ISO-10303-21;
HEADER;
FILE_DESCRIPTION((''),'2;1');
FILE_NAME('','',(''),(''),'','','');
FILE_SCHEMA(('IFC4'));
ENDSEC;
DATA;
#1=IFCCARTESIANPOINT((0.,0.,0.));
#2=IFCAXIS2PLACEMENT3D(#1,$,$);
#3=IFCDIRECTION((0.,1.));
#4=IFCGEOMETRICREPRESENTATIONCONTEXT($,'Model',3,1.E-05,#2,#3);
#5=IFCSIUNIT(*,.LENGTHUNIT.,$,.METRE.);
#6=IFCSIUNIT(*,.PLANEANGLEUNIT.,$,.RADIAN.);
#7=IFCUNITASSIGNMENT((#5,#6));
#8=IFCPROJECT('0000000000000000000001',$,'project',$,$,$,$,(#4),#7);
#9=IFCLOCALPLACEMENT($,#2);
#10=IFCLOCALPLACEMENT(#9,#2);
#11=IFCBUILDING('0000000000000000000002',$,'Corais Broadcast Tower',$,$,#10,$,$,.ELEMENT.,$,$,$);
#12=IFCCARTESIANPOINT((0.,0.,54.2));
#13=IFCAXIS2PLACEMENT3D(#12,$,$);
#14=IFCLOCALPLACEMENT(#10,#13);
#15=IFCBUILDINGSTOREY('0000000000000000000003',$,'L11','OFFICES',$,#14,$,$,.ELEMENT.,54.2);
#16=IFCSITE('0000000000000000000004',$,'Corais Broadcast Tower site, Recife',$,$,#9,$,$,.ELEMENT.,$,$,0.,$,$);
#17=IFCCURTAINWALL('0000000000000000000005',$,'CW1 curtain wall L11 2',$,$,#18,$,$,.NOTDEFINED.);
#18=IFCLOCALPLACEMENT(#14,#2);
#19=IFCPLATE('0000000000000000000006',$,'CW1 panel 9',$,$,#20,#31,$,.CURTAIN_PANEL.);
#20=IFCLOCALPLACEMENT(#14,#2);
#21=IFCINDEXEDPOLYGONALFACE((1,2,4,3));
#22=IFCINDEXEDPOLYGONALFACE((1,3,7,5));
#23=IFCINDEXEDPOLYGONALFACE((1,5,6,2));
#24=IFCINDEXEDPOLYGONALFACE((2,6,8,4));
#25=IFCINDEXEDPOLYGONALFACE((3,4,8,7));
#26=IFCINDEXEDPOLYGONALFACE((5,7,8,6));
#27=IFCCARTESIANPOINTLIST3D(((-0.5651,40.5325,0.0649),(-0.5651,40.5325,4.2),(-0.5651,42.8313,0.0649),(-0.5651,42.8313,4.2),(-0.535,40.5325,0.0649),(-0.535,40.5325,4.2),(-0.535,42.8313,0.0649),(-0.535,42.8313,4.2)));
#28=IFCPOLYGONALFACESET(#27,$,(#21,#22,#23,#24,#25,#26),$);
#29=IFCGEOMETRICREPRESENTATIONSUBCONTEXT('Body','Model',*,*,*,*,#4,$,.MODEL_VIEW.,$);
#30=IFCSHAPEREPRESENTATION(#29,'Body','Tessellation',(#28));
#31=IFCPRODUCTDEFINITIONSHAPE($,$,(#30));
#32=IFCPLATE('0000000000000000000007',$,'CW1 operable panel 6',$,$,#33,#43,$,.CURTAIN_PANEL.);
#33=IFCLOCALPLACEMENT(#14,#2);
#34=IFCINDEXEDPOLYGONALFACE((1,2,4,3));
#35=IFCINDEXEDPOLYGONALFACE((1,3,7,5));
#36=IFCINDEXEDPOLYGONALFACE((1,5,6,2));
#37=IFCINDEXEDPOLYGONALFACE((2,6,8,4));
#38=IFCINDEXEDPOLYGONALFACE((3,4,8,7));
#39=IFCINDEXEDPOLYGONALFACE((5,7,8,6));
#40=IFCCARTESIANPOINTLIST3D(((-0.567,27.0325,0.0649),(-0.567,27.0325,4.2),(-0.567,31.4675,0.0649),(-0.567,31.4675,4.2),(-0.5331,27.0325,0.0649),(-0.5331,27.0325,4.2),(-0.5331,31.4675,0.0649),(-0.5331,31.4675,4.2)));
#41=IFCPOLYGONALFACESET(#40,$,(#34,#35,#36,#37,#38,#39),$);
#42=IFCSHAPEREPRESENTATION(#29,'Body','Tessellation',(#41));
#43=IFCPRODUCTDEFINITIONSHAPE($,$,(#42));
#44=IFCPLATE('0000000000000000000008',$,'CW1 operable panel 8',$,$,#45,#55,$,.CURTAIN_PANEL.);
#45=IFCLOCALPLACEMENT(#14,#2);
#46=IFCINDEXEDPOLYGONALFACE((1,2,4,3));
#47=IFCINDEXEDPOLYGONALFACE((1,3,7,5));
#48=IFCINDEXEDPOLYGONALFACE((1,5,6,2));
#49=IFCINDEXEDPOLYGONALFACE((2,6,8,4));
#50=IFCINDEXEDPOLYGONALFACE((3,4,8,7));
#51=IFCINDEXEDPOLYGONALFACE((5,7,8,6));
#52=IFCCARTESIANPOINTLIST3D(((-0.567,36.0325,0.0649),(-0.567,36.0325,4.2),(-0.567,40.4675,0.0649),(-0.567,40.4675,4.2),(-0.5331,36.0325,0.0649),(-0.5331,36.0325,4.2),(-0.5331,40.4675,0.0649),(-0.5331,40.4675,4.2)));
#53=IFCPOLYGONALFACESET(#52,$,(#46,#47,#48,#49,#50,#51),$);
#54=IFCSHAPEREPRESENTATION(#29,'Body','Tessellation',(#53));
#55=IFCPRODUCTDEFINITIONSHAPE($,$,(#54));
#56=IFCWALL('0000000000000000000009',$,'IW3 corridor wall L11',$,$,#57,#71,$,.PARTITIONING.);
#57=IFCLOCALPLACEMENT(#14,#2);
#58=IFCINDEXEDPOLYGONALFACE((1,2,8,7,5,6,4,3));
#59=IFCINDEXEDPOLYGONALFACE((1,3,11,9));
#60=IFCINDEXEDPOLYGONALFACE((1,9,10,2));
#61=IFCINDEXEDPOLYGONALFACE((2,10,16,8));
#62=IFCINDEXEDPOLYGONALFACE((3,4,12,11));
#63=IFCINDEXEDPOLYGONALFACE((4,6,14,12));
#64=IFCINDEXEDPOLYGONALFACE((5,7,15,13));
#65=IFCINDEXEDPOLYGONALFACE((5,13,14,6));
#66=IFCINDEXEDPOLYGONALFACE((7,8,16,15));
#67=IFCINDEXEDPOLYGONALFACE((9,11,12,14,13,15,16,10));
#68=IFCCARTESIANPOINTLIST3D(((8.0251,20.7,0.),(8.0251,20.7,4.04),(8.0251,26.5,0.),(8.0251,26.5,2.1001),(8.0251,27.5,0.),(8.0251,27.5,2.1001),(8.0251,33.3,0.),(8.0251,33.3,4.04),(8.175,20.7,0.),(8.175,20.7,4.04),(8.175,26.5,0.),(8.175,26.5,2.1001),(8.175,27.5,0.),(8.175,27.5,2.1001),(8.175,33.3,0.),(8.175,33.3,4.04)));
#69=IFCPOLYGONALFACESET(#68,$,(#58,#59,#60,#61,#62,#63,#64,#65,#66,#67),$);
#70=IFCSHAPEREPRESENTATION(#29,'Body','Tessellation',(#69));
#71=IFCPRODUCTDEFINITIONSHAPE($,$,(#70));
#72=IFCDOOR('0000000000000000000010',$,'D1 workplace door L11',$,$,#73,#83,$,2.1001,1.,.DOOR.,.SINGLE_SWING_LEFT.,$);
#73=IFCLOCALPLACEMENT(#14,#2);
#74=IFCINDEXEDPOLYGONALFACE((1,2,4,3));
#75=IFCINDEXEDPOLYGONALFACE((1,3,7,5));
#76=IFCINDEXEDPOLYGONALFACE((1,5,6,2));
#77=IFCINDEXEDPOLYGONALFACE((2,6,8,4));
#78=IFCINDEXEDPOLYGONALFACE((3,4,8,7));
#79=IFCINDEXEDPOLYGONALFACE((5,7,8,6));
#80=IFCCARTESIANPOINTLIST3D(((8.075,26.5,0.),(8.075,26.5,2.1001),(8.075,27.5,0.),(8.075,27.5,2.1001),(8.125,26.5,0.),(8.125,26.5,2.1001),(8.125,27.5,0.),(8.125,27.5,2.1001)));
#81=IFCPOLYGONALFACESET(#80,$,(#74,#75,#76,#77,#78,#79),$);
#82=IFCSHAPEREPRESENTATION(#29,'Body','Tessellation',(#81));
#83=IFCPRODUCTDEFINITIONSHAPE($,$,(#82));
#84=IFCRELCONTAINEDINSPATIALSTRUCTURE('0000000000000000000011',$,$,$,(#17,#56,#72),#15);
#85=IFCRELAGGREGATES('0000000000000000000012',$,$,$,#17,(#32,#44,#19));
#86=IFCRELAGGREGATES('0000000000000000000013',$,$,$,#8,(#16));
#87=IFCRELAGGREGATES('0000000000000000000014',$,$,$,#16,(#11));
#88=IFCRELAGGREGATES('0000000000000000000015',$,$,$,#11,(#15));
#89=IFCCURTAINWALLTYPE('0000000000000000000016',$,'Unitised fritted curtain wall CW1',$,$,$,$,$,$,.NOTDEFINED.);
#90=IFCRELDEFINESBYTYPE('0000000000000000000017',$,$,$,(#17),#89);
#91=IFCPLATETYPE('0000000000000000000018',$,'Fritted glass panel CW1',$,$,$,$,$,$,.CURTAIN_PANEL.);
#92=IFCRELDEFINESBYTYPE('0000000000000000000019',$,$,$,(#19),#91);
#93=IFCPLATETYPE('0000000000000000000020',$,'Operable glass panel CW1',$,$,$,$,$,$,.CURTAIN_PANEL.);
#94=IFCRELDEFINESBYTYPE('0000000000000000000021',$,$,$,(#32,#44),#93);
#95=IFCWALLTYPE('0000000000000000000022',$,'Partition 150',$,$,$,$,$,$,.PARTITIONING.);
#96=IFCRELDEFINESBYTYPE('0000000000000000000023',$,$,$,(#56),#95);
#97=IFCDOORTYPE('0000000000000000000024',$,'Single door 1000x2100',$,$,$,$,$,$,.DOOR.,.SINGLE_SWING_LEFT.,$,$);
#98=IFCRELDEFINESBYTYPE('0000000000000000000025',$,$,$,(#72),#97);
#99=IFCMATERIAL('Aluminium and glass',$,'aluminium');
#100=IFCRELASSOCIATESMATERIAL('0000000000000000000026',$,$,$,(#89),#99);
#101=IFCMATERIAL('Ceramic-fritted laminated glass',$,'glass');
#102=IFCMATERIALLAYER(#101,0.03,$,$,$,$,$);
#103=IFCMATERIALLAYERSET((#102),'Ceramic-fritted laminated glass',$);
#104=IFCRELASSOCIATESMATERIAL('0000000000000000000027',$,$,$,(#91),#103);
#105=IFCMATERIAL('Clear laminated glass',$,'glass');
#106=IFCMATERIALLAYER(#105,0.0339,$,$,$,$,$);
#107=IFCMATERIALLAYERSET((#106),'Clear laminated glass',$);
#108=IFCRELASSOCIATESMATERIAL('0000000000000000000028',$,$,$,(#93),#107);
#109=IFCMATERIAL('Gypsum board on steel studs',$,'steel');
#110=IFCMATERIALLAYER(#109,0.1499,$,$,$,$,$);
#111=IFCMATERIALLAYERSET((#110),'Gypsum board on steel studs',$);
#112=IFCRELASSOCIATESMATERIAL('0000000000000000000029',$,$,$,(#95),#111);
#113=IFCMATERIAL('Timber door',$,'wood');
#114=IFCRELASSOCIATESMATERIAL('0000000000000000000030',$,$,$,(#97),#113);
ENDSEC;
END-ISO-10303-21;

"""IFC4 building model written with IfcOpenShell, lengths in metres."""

from ifc_helpers import new_model, si_unit, direction, frame, frame_2d, origin, origin_2d, place, context, subcontext, project, spatial, rectangle, extrude, material, layer, layer_set, type_object, element, fill, aggregate, save


model = new_model("IFC4")

# Units and contexts
model_context = context("Model", 3, precision=1e-05, world=origin(), true_north=direction((0.0, 1.0)))
body_context = subcontext(model_context, "Body", "Model", "MODEL_VIEW")
ifc_project = project(units=[si_unit("LENGTHUNIT", "METRE"), si_unit("PLANEANGLEUNIT", "RADIAN")], contexts=[model_context])

# Site, building, storey
site_placement = place(None, origin())
site = spatial("IfcSite", under=ifc_project, at=site_placement, Name="Corais Broadcast Tower site, Recife", CompositionType="ELEMENT", RefElevation=0.0)
building_placement = place(site_placement, origin())
building = spatial("IfcBuilding", under=site, at=building_placement, Name="Corais Broadcast Tower", CompositionType="ELEMENT")
storey_placement = place(building_placement, frame((0.0, 0.0, 54.2)))
storey = spatial("IfcBuildingStorey", under=building, at=storey_placement, Name="L11", Description="OFFICES", CompositionType="ELEMENT", Elevation=54.2)

# Curtain wall
ifc_material_1 = material(Name="Aluminium and glass", Category="aluminium")
curtain_wall_type = type_object("IfcCurtainWallType", Name="Unitised fritted curtain wall CW1", PredefinedType="NOTDEFINED", material=ifc_material_1)
curtain_wall_placement = place(storey_placement, origin())
curtain_wall = element("IfcCurtainWall", 1, at=curtain_wall_placement, inside=storey, type_object=curtain_wall_type, Name="CW1 curtain wall L11 2", PredefinedType="NOTDEFINED")

# Plates
ifc_material_2 = material(Name="Ceramic-fritted laminated glass", Category="glass")
ifc_layer_1 = layer(ifc_material_2, 0.03)
ifc_layer_set_1 = layer_set([ifc_layer_1], Name="Ceramic-fritted laminated glass")
plate_type_1 = type_object("IfcPlateType", Name="Fritted glass panel CW1", PredefinedType="CURTAIN_PANEL", material=ifc_layer_set_1)
plate_1_placement = place(storey_placement, frame((-0.55, 41.6819, 0.0649), z_axis=(0.0, 0.0, 1.0), x_axis=(0.0, 1.0, 0.0)))
plate_1 = element("IfcPlate", 2, at=plate_1_placement, type_object=plate_type_1, Name="CW1 panel 9", PredefinedType="CURTAIN_PANEL", context=body_context, shape_type="SweptSolid", body=[
    extrude(rectangle(XDim=2.2988, YDim=0.03, at=origin_2d()), origin(), (0.0, 0.0, 1.0), 4.135),
])
ifc_material_3 = material(Name="Clear laminated glass", Category="glass")
ifc_layer_2 = layer(ifc_material_3, 0.0339)
ifc_layer_set_2 = layer_set([ifc_layer_2], Name="Clear laminated glass")
plate_type_2 = type_object("IfcPlateType", Name="Operable glass panel CW1", PredefinedType="CURTAIN_PANEL", material=ifc_layer_set_2)
plate_2_placement = place(storey_placement, frame((-0.55, 29.25, 0.0649), z_axis=(0.0, 0.0, 1.0), x_axis=(0.0, 1.0, 0.0)))
plate_2 = element("IfcPlate", 3, at=plate_2_placement, type_object=plate_type_2, Name="CW1 operable panel 6", PredefinedType="CURTAIN_PANEL", context=body_context, shape_type="SweptSolid", body=[
    extrude(rectangle(XDim=4.4351, YDim=0.0339, at=origin_2d()), origin(), (0.0, 0.0, 1.0), 4.135),
])
plate_3_placement = place(storey_placement, frame((-0.55, 38.25, 0.0649), z_axis=(0.0, 0.0, 1.0), x_axis=(0.0, 1.0, 0.0)))
plate_3 = element("IfcPlate", 4, at=plate_3_placement, type_object=plate_type_2, Name="CW1 operable panel 8", PredefinedType="CURTAIN_PANEL", context=body_context, shape_type="SweptSolid", body=[
    extrude(rectangle(XDim=4.4351, YDim=0.0339, at=origin_2d()), origin(), (0.0, 0.0, 1.0), 4.135),
])
aggregate(curtain_wall, [plate_2, plate_3, plate_1])

# Wall, opening, door
ifc_material_4 = material(Name="Gypsum board on steel studs", Category="steel")
ifc_layer_3 = layer(ifc_material_4, 0.1499)
ifc_layer_set_3 = layer_set([ifc_layer_3], Name="Gypsum board on steel studs")
wall_type = type_object("IfcWallType", Name="Partition 150", PredefinedType="PARTITIONING", material=ifc_layer_set_3)
wall_placement = place(storey_placement, frame((8.1001, 33.3, 0.0), z_axis=(0.0, 0.0, 1.0), x_axis=(0.0, -1.0, 0.0)))
wall = element("IfcWall", 5, at=wall_placement, inside=storey, type_object=wall_type, Name="IW3 corridor wall L11", PredefinedType="PARTITIONING", context=body_context, shape_type="SweptSolid", body=[
    extrude(rectangle(XDim=12.6001, YDim=0.1499, at=frame_2d((6.3, 0.0))), origin(), (0.0, 0.0, 1.0), 4.04),
])
opening_placement = place(wall_placement, frame((5.8, 0.0, 0.0)))
opening = element("IfcOpeningElement", 6, at=opening_placement, cuts=wall, PredefinedType="OPENING", context=body_context, shape_type="SweptSolid", body=[
    extrude(rectangle(XDim=1.0, YDim=2.1001, at=frame_2d((0.5, 1.05))), frame((0.0, 0.085, 0.0), z_axis=(0.0, -1.0, 0.0), x_axis=(1.0, 0.0, 0.0)), (0.0, 0.0, 1.0), 0.1699),
])
ifc_material_5 = material(Name="Timber door", Category="wood")
door_type = type_object("IfcDoorType", Name="Single door 1000x2100", OperationType="SINGLE_SWING_LEFT", PredefinedType="DOOR", material=ifc_material_5)
door_placement = place(opening_placement, origin())
door = element("IfcDoor", 7, at=door_placement, inside=storey, type_object=door_type, Name="D1 workplace door L11", OperationType="SINGLE_SWING_LEFT", OverallHeight=2.1001, OverallWidth=1.0, PredefinedType="DOOR", context=body_context, shape_type="SweptSolid", body=[
    extrude(rectangle(XDim=1.0, YDim=2.1001, at=frame_2d((0.5, 1.05))), frame((0.0, 0.0249, 0.0), z_axis=(0.0, -1.0, 0.0), x_axis=(1.0, 0.0, 0.0)), (0.0, 0.0, 1.0), 0.05),
])
fill(opening, door)

save(model, "model.ifc")
